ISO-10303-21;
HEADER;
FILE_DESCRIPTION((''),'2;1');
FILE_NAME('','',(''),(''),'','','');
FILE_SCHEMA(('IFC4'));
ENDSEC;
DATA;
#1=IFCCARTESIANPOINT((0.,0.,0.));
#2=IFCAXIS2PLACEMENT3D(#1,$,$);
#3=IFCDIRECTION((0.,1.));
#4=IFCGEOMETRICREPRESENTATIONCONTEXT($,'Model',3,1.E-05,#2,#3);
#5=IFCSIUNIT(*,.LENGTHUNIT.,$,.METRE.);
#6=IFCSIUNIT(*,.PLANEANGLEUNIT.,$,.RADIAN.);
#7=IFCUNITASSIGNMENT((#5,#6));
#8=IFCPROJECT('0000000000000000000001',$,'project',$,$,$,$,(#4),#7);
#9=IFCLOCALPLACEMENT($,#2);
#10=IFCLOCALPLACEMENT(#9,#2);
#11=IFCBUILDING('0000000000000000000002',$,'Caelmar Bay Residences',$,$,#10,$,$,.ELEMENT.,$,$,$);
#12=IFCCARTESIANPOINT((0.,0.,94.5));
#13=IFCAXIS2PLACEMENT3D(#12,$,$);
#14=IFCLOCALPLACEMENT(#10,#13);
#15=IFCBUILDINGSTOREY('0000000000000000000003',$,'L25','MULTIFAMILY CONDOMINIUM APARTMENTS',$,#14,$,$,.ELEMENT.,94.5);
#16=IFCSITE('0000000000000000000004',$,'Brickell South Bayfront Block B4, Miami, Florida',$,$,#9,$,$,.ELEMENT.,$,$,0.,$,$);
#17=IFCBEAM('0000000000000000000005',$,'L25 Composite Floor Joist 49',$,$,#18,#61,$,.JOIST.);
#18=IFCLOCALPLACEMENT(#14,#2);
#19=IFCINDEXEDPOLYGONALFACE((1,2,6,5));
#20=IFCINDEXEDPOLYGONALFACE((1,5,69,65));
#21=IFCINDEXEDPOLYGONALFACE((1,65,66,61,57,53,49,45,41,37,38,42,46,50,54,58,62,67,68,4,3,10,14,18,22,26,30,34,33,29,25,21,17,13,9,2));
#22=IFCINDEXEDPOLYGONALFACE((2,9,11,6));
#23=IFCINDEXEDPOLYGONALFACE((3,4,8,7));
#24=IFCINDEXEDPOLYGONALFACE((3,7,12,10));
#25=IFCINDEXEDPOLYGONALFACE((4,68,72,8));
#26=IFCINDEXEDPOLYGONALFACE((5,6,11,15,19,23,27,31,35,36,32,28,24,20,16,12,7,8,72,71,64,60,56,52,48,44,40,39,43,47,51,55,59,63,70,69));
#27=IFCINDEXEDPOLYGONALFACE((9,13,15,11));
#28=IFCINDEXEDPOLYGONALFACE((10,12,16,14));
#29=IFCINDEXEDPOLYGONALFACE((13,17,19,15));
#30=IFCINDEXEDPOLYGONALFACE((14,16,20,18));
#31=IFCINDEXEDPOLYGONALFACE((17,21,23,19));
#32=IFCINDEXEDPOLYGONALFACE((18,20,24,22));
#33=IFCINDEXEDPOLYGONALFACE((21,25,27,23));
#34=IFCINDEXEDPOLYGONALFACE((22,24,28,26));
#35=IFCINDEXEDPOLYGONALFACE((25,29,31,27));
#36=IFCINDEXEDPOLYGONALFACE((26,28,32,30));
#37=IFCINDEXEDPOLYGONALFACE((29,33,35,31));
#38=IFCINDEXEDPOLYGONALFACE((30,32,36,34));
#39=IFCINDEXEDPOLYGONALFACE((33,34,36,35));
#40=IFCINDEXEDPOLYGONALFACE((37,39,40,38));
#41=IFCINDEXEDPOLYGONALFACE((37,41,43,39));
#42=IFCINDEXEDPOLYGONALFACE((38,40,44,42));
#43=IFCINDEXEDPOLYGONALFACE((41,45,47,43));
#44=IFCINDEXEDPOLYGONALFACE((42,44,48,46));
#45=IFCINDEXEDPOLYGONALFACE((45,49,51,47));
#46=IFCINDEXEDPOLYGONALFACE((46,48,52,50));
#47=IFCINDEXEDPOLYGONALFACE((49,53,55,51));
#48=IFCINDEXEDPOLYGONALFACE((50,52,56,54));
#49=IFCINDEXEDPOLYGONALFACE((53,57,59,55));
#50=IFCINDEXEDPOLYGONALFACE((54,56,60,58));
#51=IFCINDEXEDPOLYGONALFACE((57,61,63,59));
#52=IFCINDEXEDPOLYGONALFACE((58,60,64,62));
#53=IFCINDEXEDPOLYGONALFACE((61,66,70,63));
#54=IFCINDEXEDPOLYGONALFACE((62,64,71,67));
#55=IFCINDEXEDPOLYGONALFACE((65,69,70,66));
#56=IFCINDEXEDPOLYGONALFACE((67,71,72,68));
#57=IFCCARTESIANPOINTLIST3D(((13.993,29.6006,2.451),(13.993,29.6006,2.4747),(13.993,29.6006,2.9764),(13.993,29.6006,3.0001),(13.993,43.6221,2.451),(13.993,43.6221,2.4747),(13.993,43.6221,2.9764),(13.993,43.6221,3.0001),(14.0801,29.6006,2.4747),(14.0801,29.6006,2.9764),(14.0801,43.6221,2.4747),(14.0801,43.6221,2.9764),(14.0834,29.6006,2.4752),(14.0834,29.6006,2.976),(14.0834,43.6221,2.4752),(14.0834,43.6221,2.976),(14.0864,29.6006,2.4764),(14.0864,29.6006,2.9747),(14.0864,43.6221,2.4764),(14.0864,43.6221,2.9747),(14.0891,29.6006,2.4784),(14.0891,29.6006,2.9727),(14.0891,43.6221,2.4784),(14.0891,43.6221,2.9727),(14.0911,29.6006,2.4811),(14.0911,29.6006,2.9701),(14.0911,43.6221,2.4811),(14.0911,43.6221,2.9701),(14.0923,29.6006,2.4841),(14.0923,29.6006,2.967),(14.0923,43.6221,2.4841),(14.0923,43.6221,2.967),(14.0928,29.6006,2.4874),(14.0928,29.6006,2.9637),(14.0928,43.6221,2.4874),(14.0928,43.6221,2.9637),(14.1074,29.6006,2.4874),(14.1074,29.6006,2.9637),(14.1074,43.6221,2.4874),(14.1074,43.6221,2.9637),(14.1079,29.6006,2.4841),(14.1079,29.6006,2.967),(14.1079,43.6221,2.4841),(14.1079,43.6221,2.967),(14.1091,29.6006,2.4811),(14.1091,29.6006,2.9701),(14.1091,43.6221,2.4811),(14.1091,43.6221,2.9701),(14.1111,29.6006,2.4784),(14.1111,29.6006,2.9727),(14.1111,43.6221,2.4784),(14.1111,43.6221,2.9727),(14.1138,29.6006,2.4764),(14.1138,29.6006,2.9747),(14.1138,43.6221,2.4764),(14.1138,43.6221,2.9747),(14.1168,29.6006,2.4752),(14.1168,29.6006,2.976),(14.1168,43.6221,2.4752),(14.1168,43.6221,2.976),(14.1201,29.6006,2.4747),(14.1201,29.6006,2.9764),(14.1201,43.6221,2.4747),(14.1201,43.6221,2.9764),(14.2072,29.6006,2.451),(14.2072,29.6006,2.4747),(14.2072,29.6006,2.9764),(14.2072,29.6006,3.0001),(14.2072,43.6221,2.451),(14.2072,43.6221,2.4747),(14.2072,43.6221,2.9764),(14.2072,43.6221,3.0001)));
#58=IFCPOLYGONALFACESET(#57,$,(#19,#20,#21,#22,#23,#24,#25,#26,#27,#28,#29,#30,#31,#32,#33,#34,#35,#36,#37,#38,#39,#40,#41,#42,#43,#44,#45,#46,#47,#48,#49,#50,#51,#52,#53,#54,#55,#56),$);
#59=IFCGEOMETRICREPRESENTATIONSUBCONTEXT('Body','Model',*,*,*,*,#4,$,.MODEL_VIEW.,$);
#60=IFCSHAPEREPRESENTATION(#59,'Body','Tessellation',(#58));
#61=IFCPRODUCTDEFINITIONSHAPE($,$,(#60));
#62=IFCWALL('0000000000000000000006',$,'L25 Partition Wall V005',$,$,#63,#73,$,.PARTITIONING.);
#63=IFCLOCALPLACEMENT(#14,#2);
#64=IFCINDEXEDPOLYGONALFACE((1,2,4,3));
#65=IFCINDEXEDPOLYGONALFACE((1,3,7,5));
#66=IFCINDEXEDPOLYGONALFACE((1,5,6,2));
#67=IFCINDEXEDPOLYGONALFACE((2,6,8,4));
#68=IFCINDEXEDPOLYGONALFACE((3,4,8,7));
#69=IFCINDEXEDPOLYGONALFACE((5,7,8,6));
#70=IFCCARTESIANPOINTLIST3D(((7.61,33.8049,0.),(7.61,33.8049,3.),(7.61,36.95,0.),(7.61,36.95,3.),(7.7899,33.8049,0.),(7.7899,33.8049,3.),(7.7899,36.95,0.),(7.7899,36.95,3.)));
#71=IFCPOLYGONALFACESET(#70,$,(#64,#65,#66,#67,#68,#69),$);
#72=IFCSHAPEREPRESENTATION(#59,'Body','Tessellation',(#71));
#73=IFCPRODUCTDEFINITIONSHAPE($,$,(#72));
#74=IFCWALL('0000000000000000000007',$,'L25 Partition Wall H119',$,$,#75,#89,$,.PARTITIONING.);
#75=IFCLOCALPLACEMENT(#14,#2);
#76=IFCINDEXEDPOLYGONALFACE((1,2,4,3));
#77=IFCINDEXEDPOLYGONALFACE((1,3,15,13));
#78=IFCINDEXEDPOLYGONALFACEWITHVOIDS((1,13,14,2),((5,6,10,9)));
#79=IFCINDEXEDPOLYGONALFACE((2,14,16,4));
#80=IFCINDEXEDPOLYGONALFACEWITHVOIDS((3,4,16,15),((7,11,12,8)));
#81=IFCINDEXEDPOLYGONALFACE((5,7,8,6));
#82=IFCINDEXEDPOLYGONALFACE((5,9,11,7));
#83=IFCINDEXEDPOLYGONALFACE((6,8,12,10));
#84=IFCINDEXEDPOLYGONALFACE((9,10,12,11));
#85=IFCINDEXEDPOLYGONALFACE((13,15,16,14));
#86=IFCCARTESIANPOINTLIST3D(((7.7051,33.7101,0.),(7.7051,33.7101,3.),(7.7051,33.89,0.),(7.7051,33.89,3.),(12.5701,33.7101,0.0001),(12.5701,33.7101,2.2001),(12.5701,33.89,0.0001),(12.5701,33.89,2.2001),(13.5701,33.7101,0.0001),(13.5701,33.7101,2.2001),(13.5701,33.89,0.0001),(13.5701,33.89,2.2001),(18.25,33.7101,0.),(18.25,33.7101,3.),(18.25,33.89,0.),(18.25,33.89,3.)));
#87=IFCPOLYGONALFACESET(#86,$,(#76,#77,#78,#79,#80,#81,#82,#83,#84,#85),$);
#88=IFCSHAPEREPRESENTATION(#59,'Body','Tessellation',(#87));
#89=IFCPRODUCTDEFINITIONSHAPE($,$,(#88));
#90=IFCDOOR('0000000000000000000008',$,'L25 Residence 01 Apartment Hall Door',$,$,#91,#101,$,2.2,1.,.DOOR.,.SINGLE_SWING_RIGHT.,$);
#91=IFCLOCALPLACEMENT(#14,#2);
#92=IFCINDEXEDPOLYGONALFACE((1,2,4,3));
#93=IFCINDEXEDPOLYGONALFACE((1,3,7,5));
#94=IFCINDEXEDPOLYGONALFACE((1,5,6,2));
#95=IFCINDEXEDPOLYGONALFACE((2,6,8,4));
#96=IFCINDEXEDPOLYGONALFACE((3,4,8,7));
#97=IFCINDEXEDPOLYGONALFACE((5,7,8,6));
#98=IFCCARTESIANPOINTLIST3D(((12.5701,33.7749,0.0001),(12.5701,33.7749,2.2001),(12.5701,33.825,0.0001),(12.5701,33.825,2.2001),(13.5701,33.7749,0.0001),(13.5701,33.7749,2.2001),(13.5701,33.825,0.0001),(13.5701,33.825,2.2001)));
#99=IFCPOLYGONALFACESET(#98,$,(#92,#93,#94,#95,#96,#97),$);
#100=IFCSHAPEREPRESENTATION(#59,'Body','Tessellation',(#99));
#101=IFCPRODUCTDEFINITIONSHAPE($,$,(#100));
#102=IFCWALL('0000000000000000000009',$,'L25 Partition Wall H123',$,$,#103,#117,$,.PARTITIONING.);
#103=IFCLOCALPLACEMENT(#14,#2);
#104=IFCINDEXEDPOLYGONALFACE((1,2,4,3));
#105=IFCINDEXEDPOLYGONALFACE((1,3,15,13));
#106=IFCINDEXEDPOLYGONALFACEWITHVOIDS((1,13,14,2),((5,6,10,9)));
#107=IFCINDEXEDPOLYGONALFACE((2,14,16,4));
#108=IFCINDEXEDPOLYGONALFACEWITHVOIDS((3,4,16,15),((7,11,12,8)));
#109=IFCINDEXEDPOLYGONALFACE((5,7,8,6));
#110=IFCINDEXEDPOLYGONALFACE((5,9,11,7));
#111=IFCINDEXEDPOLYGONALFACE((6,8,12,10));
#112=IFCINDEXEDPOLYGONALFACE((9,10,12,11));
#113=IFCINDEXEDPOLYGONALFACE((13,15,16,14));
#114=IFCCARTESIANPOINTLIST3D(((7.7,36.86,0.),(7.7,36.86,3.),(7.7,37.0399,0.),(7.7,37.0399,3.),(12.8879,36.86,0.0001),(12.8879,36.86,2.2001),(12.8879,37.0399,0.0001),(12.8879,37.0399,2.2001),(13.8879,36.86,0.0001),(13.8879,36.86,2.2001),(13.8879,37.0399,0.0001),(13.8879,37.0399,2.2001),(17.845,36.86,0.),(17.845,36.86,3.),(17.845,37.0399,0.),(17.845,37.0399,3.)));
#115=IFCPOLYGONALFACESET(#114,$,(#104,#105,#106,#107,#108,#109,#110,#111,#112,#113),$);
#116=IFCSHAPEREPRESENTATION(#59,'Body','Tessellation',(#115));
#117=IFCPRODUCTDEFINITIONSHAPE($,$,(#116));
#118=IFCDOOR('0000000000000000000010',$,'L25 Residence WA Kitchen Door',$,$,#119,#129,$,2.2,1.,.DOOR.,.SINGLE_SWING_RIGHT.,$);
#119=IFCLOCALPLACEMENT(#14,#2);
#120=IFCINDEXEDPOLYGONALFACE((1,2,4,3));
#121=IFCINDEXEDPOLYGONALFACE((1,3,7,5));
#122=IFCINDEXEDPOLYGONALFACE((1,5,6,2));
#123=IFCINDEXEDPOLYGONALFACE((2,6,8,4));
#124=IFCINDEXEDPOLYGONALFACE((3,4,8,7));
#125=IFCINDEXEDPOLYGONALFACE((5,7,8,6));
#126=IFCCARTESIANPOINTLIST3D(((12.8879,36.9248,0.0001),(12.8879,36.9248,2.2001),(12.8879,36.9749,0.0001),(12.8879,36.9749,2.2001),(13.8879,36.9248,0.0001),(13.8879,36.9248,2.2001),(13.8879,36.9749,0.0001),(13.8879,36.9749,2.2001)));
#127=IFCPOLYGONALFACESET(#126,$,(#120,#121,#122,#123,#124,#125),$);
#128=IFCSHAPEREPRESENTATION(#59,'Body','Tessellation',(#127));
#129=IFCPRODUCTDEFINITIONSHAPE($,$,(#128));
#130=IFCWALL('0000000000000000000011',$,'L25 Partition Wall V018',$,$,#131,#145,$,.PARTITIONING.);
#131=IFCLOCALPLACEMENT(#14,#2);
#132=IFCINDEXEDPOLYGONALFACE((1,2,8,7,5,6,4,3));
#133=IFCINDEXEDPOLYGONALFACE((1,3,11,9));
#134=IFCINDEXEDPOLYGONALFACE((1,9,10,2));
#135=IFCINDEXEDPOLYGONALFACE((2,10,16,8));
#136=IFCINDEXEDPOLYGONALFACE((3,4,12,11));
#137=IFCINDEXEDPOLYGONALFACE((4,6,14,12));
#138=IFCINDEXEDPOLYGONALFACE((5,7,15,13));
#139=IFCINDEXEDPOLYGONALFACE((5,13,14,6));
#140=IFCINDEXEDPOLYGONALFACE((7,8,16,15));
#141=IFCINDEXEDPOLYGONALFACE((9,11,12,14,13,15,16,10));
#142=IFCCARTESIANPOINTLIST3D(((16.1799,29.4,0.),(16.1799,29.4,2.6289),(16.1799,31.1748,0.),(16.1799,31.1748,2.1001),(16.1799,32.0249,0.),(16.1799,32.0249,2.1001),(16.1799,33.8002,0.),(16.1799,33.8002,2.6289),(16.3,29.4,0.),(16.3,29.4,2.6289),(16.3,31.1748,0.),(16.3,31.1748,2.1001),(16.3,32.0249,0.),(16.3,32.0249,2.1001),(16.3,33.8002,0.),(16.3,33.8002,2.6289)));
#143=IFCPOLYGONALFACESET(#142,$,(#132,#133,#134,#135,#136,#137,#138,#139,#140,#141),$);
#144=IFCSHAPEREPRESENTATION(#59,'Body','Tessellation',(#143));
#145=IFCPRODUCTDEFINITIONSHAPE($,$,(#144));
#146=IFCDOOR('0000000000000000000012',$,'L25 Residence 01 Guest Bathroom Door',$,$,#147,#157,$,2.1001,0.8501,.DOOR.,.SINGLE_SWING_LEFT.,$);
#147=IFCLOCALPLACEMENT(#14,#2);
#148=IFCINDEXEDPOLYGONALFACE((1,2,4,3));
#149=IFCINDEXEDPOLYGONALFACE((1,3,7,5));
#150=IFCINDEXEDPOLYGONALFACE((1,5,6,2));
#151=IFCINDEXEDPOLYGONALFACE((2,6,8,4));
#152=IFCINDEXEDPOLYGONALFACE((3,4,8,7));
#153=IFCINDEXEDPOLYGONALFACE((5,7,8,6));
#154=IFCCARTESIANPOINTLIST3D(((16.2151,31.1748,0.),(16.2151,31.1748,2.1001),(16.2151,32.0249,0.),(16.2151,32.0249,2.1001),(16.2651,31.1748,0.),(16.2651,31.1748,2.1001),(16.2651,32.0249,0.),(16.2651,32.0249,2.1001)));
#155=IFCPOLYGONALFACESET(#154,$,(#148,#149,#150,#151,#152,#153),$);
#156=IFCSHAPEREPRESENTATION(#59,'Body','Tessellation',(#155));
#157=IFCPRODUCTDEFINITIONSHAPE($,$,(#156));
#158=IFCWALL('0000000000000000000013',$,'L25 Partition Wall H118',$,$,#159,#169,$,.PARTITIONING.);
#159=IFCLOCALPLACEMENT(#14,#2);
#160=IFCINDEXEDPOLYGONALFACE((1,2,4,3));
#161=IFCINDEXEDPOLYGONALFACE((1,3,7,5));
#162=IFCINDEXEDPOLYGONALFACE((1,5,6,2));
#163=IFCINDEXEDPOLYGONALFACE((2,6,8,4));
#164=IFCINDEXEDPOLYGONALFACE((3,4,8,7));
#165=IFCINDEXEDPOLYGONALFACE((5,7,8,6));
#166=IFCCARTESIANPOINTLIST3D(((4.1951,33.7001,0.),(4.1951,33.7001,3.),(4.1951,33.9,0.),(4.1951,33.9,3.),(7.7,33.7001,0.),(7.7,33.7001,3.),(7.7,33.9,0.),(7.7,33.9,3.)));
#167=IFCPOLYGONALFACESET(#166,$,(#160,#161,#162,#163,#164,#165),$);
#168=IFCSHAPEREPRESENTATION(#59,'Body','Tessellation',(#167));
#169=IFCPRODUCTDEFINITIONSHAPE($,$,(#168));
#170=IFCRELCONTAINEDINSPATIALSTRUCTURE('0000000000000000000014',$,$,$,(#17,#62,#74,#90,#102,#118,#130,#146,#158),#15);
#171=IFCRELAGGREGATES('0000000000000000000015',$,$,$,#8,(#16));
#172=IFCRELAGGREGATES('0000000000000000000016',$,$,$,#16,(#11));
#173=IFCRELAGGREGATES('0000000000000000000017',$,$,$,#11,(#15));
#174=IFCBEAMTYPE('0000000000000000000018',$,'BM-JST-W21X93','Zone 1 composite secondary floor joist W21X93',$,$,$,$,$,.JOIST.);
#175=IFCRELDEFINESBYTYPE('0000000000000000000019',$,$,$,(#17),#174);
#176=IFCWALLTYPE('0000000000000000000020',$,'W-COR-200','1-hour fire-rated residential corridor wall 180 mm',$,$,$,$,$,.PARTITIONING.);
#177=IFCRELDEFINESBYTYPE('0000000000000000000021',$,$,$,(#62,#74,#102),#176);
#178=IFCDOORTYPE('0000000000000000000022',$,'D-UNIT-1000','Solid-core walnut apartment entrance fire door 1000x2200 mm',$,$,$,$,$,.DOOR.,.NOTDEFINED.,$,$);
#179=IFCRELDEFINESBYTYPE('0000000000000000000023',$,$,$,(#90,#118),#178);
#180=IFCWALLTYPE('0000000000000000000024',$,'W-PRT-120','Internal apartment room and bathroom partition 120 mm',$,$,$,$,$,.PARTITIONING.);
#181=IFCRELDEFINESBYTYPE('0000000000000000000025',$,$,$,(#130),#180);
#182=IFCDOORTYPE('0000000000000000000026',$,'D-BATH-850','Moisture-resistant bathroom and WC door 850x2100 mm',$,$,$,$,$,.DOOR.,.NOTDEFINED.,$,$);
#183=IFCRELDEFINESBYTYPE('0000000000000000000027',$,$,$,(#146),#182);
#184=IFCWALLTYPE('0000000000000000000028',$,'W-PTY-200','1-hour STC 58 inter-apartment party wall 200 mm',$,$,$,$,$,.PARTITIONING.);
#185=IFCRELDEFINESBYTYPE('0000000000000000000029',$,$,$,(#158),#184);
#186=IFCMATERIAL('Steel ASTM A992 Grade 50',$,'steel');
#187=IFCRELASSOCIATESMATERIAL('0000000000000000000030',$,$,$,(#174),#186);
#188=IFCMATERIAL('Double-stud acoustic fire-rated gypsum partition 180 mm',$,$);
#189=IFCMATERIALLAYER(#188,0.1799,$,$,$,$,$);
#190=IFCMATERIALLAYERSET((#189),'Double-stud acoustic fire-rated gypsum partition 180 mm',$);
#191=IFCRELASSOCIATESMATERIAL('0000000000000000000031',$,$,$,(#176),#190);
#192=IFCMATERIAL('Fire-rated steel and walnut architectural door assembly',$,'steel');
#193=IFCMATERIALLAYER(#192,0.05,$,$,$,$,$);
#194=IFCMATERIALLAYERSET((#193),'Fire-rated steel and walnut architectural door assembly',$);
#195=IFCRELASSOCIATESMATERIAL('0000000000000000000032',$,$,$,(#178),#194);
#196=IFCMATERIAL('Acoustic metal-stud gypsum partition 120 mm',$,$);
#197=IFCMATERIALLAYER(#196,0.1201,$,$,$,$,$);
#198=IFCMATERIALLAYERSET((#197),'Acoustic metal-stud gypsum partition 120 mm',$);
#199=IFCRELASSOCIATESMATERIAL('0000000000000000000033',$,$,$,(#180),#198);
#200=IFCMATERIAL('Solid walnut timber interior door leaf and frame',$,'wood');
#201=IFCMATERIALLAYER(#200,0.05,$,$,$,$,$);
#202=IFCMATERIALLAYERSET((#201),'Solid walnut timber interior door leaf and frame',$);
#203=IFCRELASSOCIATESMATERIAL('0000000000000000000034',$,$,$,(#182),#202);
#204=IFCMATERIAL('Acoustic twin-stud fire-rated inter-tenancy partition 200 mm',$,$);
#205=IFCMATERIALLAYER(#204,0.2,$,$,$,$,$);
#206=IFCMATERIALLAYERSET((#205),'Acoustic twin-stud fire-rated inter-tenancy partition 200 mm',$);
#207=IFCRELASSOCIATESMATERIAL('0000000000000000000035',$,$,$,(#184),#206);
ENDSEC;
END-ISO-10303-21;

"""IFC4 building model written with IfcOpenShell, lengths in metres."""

from ifc_helpers import new_model, si_unit, direction, frame, frame_2d, origin, origin_2d, place, context, subcontext, project, spatial, rectangle, i_section, extrude, material, layer, layer_set, material_profile, profile_set, type_object, element, fill, save


model = new_model("IFC4")

# Units and contexts
model_context = context("Model", 3, precision=1e-05, world=origin(), true_north=direction((0.0, 1.0)))
body_context = subcontext(model_context, "Body", "Model", "MODEL_VIEW")
ifc_project = project(units=[si_unit("LENGTHUNIT", "METRE"), si_unit("PLANEANGLEUNIT", "RADIAN")], contexts=[model_context])

# Site, building, storey
site_placement = place(None, origin())
site = spatial("IfcSite", under=ifc_project, at=site_placement, Name="Brickell South Bayfront Block B4, Miami, Florida", CompositionType="ELEMENT", RefElevation=0.0)
building_placement = place(site_placement, origin())
building = spatial("IfcBuilding", under=site, at=building_placement, Name="Caelmar Bay Residences", CompositionType="ELEMENT")
storey_placement = place(building_placement, frame((0.0, 0.0, 94.5)))
storey = spatial("IfcBuildingStorey", under=building, at=storey_placement, Name="L25", Description="MULTIFAMILY CONDOMINIUM APARTMENTS", CompositionType="ELEMENT", Elevation=94.5)

# Beam
ifc_material_1 = material(Name="Steel ASTM A992 Grade 50", Category="steel")
ifc_material_profile_1 = material_profile(ifc_material_1, i_section(OverallWidth=0.2141, OverallDepth=0.5491, WebThickness=0.0146, FlangeThickness=0.0237, FilletRadius=0.0127, at=origin_2d()), Name="W21X93")
ifc_profile_set_1 = profile_set([ifc_material_profile_1], Name="Steel ASTM A992 Grade 50")
beam_type_1 = type_object("IfcBeamType", Name="BM-JST-W21X93", Description="Zone 1 composite secondary floor joist W21X93", PredefinedType="JOIST", material=ifc_profile_set_1)
beam_1_placement = place(storey_placement, frame((14.1001, 29.6006, 2.7256), z_axis=(0.0, 1.0, 0.0), x_axis=(-1.0, 0.0, 0.0)))
element("IfcBeam", 1, at=beam_1_placement, inside=storey, type_object=beam_type_1, Name="L25 Composite Floor Joist 49", PredefinedType="JOIST", context=body_context, shape_type="SweptSolid", body=[
    extrude(i_section(OverallWidth=0.2141, OverallDepth=0.5491, WebThickness=0.0146, FlangeThickness=0.0237, FilletRadius=0.0127, at=origin_2d()), origin(), (0.0, 0.0, 1.0), 14.0215),
])

# Wall
ifc_material_2 = material(Name="Double-stud acoustic fire-rated gypsum partition 180 mm")
ifc_layer_1 = layer(ifc_material_2, 0.1799)
ifc_layer_set_1 = layer_set([ifc_layer_1], Name="Double-stud acoustic fire-rated gypsum partition 180 mm")
wall_type_1 = type_object("IfcWallType", Name="W-COR-200", Description="1-hour fire-rated residential corridor wall 180 mm", PredefinedType="PARTITIONING", material=ifc_layer_set_1)
wall_1_placement = place(storey_placement, frame((7.7, 33.8049, 0.0), z_axis=(0.0, 0.0, 1.0), x_axis=(0.0, 1.0, 0.0)))
element("IfcWall", 2, at=wall_1_placement, inside=storey, type_object=wall_type_1, Name="L25 Partition Wall V005", PredefinedType="PARTITIONING", context=body_context, shape_type="SweptSolid", body=[
    extrude(rectangle(XDim=3.145, YDim=0.1799, at=frame_2d((1.5725, 0.0))), origin(), (0.0, 0.0, 1.0), 3.0),
])

# Walls, openings, doors
wall_2_placement = place(storey_placement, frame((7.7051, 33.8, 0.0), z_axis=(0.0, 0.0, 1.0), x_axis=(1.0, 0.0, 0.0)))
wall_2 = element("IfcWall", 3, at=wall_2_placement, inside=storey, type_object=wall_type_1, Name="L25 Partition Wall H119", PredefinedType="PARTITIONING", context=body_context, shape_type="SweptSolid", body=[
    extrude(rectangle(XDim=10.5449, YDim=0.1799, at=frame_2d((5.2725, 0.0))), origin(), (0.0, 0.0, 1.0), 3.0),
])
opening_1_placement = place(wall_2_placement, frame((4.865, 0.0, 0.0)))
opening_1 = element("IfcOpeningElement", 4, at=opening_1_placement, cuts=wall_2, PredefinedType="OPENING", context=body_context, shape_type="SweptSolid", body=[
    extrude(rectangle(XDim=1.0, YDim=2.2, at=frame_2d((0.5, 1.1001))), frame((0.0, 0.0999, 0.0), z_axis=(0.0, -1.0, 0.0), x_axis=(1.0, 0.0, 0.0)), (0.0, 0.0, 1.0), 0.2),
])
ifc_material_3 = material(Name="Fire-rated steel and walnut architectural door assembly", Category="steel")
ifc_layer_2 = layer(ifc_material_3, 0.05)
ifc_layer_set_2 = layer_set([ifc_layer_2], Name="Fire-rated steel and walnut architectural door assembly")
door_type_1 = type_object("IfcDoorType", Name="D-UNIT-1000", Description="Solid-core walnut apartment entrance fire door 1000x2200 mm", OperationType="NOTDEFINED", PredefinedType="DOOR", material=ifc_layer_set_2)
door_1_placement = place(opening_1_placement, origin())
door_1 = element("IfcDoor", 5, at=door_1_placement, inside=storey, type_object=door_type_1, Name="L25 Residence 01 Apartment Hall Door", OperationType="SINGLE_SWING_RIGHT", OverallHeight=2.2, OverallWidth=1.0, PredefinedType="DOOR", context=body_context, shape_type="SweptSolid", body=[
    extrude(rectangle(XDim=1.0, YDim=2.2, at=frame_2d((0.5, 1.1001))), frame((0.0, 0.0249, 0.0), z_axis=(0.0, -1.0, 0.0), x_axis=(1.0, 0.0, 0.0)), (0.0, 0.0, 1.0), 0.05),
])
fill(opening_1, door_1)
wall_3_placement = place(storey_placement, frame((7.7, 36.95, 0.0), z_axis=(0.0, 0.0, 1.0), x_axis=(1.0, 0.0, 0.0)))
wall_3 = element("IfcWall", 6, at=wall_3_placement, inside=storey, type_object=wall_type_1, Name="L25 Partition Wall H123", PredefinedType="PARTITIONING", context=body_context, shape_type="SweptSolid", body=[
    extrude(rectangle(XDim=10.145, YDim=0.1799, at=frame_2d((5.0725, 0.0))), origin(), (0.0, 0.0, 1.0), 3.0),
])
opening_2_placement = place(wall_3_placement, frame((5.188, 0.0, 0.0)))
opening_2 = element("IfcOpeningElement", 7, at=opening_2_placement, cuts=wall_3, PredefinedType="OPENING", context=body_context, shape_type="SweptSolid", body=[
    extrude(rectangle(XDim=1.0, YDim=2.2, at=frame_2d((0.5, 1.1001))), frame((0.0, 0.0999, 0.0), z_axis=(0.0, -1.0, 0.0), x_axis=(1.0, 0.0, 0.0)), (0.0, 0.0, 1.0), 0.2),
])
door_2_placement = place(opening_2_placement, origin())
door_2 = element("IfcDoor", 8, at=door_2_placement, inside=storey, type_object=door_type_1, Name="L25 Residence WA Kitchen Door", OperationType="SINGLE_SWING_RIGHT", OverallHeight=2.2, OverallWidth=1.0, PredefinedType="DOOR", context=body_context, shape_type="SweptSolid", body=[
    extrude(rectangle(XDim=1.0, YDim=2.2, at=frame_2d((0.5, 1.1001))), frame((0.0, 0.0249, 0.0), z_axis=(0.0, -1.0, 0.0), x_axis=(1.0, 0.0, 0.0)), (0.0, 0.0, 1.0), 0.05),
])
fill(opening_2, door_2)
ifc_material_4 = material(Name="Acoustic metal-stud gypsum partition 120 mm")
ifc_layer_3 = layer(ifc_material_4, 0.1201)
ifc_layer_set_3 = layer_set([ifc_layer_3], Name="Acoustic metal-stud gypsum partition 120 mm")
wall_type_2 = type_object("IfcWallType", Name="W-PRT-120", Description="Internal apartment room and bathroom partition 120 mm", PredefinedType="PARTITIONING", material=ifc_layer_set_3)
wall_4_placement = place(storey_placement, frame((16.24, 29.3999, 0.0), z_axis=(0.0, 0.0, 1.0), x_axis=(0.0, 1.0, 0.0)))
wall_4 = element("IfcWall", 9, at=wall_4_placement, inside=storey, type_object=wall_type_2, Name="L25 Partition Wall V018", PredefinedType="PARTITIONING", context=body_context, shape_type="SweptSolid", body=[
    extrude(rectangle(XDim=4.4001, YDim=0.1201, at=frame_2d((2.2002, 0.0))), origin(), (0.0, 0.0, 1.0), 2.6289),
])
opening_3_placement = place(wall_4_placement, frame((1.7749, 0.0, 0.0)))
opening_3 = element("IfcOpeningElement", 10, at=opening_3_placement, cuts=wall_4, PredefinedType="OPENING", context=body_context, shape_type="SweptSolid", body=[
    extrude(rectangle(XDim=0.8501, YDim=2.1001, at=frame_2d((0.425, 1.05))), frame((0.0, 0.0701, 0.0), z_axis=(0.0, -1.0, 0.0), x_axis=(1.0, 0.0, 0.0)), (0.0, 0.0, 1.0), 0.1401),
])
ifc_material_5 = material(Name="Solid walnut timber interior door leaf and frame", Category="wood")
ifc_layer_4 = layer(ifc_material_5, 0.05)
ifc_layer_set_4 = layer_set([ifc_layer_4], Name="Solid walnut timber interior door leaf and frame")
door_type_2 = type_object("IfcDoorType", Name="D-BATH-850", Description="Moisture-resistant bathroom and WC door 850x2100 mm", OperationType="NOTDEFINED", PredefinedType="DOOR", material=ifc_layer_set_4)
door_3_placement = place(opening_3_placement, origin())
door_3 = element("IfcDoor", 11, at=door_3_placement, inside=storey, type_object=door_type_2, Name="L25 Residence 01 Guest Bathroom Door", OperationType="SINGLE_SWING_LEFT", OverallHeight=2.1001, OverallWidth=0.8501, PredefinedType="DOOR", context=body_context, shape_type="SweptSolid", body=[
    extrude(rectangle(XDim=0.8501, YDim=2.1001, at=frame_2d((0.425, 1.05))), frame((0.0, 0.0249, 0.0), z_axis=(0.0, -1.0, 0.0), x_axis=(1.0, 0.0, 0.0)), (0.0, 0.0, 1.0), 0.05),
])
fill(opening_3, door_3)

# Wall
ifc_material_6 = material(Name="Acoustic twin-stud fire-rated inter-tenancy partition 200 mm")
ifc_layer_5 = layer(ifc_material_6, 0.2)
ifc_layer_set_5 = layer_set([ifc_layer_5], Name="Acoustic twin-stud fire-rated inter-tenancy partition 200 mm")
wall_type_3 = type_object("IfcWallType", Name="W-PTY-200", Description="1-hour STC 58 inter-apartment party wall 200 mm", PredefinedType="PARTITIONING", material=ifc_layer_set_5)
wall_5_placement = place(storey_placement, frame((4.1951, 33.8, 0.0), z_axis=(0.0, 0.0, 1.0), x_axis=(1.0, 0.0, 0.0)))
element("IfcWall", 12, at=wall_5_placement, inside=storey, type_object=wall_type_3, Name="L25 Partition Wall H118", PredefinedType="PARTITIONING", context=body_context, shape_type="SweptSolid", body=[
    extrude(rectangle(XDim=3.5049, YDim=0.2, at=frame_2d((1.7524, 0.0))), origin(), (0.0, 0.0, 1.0), 3.0),
])

save(model, "model.ifc")
